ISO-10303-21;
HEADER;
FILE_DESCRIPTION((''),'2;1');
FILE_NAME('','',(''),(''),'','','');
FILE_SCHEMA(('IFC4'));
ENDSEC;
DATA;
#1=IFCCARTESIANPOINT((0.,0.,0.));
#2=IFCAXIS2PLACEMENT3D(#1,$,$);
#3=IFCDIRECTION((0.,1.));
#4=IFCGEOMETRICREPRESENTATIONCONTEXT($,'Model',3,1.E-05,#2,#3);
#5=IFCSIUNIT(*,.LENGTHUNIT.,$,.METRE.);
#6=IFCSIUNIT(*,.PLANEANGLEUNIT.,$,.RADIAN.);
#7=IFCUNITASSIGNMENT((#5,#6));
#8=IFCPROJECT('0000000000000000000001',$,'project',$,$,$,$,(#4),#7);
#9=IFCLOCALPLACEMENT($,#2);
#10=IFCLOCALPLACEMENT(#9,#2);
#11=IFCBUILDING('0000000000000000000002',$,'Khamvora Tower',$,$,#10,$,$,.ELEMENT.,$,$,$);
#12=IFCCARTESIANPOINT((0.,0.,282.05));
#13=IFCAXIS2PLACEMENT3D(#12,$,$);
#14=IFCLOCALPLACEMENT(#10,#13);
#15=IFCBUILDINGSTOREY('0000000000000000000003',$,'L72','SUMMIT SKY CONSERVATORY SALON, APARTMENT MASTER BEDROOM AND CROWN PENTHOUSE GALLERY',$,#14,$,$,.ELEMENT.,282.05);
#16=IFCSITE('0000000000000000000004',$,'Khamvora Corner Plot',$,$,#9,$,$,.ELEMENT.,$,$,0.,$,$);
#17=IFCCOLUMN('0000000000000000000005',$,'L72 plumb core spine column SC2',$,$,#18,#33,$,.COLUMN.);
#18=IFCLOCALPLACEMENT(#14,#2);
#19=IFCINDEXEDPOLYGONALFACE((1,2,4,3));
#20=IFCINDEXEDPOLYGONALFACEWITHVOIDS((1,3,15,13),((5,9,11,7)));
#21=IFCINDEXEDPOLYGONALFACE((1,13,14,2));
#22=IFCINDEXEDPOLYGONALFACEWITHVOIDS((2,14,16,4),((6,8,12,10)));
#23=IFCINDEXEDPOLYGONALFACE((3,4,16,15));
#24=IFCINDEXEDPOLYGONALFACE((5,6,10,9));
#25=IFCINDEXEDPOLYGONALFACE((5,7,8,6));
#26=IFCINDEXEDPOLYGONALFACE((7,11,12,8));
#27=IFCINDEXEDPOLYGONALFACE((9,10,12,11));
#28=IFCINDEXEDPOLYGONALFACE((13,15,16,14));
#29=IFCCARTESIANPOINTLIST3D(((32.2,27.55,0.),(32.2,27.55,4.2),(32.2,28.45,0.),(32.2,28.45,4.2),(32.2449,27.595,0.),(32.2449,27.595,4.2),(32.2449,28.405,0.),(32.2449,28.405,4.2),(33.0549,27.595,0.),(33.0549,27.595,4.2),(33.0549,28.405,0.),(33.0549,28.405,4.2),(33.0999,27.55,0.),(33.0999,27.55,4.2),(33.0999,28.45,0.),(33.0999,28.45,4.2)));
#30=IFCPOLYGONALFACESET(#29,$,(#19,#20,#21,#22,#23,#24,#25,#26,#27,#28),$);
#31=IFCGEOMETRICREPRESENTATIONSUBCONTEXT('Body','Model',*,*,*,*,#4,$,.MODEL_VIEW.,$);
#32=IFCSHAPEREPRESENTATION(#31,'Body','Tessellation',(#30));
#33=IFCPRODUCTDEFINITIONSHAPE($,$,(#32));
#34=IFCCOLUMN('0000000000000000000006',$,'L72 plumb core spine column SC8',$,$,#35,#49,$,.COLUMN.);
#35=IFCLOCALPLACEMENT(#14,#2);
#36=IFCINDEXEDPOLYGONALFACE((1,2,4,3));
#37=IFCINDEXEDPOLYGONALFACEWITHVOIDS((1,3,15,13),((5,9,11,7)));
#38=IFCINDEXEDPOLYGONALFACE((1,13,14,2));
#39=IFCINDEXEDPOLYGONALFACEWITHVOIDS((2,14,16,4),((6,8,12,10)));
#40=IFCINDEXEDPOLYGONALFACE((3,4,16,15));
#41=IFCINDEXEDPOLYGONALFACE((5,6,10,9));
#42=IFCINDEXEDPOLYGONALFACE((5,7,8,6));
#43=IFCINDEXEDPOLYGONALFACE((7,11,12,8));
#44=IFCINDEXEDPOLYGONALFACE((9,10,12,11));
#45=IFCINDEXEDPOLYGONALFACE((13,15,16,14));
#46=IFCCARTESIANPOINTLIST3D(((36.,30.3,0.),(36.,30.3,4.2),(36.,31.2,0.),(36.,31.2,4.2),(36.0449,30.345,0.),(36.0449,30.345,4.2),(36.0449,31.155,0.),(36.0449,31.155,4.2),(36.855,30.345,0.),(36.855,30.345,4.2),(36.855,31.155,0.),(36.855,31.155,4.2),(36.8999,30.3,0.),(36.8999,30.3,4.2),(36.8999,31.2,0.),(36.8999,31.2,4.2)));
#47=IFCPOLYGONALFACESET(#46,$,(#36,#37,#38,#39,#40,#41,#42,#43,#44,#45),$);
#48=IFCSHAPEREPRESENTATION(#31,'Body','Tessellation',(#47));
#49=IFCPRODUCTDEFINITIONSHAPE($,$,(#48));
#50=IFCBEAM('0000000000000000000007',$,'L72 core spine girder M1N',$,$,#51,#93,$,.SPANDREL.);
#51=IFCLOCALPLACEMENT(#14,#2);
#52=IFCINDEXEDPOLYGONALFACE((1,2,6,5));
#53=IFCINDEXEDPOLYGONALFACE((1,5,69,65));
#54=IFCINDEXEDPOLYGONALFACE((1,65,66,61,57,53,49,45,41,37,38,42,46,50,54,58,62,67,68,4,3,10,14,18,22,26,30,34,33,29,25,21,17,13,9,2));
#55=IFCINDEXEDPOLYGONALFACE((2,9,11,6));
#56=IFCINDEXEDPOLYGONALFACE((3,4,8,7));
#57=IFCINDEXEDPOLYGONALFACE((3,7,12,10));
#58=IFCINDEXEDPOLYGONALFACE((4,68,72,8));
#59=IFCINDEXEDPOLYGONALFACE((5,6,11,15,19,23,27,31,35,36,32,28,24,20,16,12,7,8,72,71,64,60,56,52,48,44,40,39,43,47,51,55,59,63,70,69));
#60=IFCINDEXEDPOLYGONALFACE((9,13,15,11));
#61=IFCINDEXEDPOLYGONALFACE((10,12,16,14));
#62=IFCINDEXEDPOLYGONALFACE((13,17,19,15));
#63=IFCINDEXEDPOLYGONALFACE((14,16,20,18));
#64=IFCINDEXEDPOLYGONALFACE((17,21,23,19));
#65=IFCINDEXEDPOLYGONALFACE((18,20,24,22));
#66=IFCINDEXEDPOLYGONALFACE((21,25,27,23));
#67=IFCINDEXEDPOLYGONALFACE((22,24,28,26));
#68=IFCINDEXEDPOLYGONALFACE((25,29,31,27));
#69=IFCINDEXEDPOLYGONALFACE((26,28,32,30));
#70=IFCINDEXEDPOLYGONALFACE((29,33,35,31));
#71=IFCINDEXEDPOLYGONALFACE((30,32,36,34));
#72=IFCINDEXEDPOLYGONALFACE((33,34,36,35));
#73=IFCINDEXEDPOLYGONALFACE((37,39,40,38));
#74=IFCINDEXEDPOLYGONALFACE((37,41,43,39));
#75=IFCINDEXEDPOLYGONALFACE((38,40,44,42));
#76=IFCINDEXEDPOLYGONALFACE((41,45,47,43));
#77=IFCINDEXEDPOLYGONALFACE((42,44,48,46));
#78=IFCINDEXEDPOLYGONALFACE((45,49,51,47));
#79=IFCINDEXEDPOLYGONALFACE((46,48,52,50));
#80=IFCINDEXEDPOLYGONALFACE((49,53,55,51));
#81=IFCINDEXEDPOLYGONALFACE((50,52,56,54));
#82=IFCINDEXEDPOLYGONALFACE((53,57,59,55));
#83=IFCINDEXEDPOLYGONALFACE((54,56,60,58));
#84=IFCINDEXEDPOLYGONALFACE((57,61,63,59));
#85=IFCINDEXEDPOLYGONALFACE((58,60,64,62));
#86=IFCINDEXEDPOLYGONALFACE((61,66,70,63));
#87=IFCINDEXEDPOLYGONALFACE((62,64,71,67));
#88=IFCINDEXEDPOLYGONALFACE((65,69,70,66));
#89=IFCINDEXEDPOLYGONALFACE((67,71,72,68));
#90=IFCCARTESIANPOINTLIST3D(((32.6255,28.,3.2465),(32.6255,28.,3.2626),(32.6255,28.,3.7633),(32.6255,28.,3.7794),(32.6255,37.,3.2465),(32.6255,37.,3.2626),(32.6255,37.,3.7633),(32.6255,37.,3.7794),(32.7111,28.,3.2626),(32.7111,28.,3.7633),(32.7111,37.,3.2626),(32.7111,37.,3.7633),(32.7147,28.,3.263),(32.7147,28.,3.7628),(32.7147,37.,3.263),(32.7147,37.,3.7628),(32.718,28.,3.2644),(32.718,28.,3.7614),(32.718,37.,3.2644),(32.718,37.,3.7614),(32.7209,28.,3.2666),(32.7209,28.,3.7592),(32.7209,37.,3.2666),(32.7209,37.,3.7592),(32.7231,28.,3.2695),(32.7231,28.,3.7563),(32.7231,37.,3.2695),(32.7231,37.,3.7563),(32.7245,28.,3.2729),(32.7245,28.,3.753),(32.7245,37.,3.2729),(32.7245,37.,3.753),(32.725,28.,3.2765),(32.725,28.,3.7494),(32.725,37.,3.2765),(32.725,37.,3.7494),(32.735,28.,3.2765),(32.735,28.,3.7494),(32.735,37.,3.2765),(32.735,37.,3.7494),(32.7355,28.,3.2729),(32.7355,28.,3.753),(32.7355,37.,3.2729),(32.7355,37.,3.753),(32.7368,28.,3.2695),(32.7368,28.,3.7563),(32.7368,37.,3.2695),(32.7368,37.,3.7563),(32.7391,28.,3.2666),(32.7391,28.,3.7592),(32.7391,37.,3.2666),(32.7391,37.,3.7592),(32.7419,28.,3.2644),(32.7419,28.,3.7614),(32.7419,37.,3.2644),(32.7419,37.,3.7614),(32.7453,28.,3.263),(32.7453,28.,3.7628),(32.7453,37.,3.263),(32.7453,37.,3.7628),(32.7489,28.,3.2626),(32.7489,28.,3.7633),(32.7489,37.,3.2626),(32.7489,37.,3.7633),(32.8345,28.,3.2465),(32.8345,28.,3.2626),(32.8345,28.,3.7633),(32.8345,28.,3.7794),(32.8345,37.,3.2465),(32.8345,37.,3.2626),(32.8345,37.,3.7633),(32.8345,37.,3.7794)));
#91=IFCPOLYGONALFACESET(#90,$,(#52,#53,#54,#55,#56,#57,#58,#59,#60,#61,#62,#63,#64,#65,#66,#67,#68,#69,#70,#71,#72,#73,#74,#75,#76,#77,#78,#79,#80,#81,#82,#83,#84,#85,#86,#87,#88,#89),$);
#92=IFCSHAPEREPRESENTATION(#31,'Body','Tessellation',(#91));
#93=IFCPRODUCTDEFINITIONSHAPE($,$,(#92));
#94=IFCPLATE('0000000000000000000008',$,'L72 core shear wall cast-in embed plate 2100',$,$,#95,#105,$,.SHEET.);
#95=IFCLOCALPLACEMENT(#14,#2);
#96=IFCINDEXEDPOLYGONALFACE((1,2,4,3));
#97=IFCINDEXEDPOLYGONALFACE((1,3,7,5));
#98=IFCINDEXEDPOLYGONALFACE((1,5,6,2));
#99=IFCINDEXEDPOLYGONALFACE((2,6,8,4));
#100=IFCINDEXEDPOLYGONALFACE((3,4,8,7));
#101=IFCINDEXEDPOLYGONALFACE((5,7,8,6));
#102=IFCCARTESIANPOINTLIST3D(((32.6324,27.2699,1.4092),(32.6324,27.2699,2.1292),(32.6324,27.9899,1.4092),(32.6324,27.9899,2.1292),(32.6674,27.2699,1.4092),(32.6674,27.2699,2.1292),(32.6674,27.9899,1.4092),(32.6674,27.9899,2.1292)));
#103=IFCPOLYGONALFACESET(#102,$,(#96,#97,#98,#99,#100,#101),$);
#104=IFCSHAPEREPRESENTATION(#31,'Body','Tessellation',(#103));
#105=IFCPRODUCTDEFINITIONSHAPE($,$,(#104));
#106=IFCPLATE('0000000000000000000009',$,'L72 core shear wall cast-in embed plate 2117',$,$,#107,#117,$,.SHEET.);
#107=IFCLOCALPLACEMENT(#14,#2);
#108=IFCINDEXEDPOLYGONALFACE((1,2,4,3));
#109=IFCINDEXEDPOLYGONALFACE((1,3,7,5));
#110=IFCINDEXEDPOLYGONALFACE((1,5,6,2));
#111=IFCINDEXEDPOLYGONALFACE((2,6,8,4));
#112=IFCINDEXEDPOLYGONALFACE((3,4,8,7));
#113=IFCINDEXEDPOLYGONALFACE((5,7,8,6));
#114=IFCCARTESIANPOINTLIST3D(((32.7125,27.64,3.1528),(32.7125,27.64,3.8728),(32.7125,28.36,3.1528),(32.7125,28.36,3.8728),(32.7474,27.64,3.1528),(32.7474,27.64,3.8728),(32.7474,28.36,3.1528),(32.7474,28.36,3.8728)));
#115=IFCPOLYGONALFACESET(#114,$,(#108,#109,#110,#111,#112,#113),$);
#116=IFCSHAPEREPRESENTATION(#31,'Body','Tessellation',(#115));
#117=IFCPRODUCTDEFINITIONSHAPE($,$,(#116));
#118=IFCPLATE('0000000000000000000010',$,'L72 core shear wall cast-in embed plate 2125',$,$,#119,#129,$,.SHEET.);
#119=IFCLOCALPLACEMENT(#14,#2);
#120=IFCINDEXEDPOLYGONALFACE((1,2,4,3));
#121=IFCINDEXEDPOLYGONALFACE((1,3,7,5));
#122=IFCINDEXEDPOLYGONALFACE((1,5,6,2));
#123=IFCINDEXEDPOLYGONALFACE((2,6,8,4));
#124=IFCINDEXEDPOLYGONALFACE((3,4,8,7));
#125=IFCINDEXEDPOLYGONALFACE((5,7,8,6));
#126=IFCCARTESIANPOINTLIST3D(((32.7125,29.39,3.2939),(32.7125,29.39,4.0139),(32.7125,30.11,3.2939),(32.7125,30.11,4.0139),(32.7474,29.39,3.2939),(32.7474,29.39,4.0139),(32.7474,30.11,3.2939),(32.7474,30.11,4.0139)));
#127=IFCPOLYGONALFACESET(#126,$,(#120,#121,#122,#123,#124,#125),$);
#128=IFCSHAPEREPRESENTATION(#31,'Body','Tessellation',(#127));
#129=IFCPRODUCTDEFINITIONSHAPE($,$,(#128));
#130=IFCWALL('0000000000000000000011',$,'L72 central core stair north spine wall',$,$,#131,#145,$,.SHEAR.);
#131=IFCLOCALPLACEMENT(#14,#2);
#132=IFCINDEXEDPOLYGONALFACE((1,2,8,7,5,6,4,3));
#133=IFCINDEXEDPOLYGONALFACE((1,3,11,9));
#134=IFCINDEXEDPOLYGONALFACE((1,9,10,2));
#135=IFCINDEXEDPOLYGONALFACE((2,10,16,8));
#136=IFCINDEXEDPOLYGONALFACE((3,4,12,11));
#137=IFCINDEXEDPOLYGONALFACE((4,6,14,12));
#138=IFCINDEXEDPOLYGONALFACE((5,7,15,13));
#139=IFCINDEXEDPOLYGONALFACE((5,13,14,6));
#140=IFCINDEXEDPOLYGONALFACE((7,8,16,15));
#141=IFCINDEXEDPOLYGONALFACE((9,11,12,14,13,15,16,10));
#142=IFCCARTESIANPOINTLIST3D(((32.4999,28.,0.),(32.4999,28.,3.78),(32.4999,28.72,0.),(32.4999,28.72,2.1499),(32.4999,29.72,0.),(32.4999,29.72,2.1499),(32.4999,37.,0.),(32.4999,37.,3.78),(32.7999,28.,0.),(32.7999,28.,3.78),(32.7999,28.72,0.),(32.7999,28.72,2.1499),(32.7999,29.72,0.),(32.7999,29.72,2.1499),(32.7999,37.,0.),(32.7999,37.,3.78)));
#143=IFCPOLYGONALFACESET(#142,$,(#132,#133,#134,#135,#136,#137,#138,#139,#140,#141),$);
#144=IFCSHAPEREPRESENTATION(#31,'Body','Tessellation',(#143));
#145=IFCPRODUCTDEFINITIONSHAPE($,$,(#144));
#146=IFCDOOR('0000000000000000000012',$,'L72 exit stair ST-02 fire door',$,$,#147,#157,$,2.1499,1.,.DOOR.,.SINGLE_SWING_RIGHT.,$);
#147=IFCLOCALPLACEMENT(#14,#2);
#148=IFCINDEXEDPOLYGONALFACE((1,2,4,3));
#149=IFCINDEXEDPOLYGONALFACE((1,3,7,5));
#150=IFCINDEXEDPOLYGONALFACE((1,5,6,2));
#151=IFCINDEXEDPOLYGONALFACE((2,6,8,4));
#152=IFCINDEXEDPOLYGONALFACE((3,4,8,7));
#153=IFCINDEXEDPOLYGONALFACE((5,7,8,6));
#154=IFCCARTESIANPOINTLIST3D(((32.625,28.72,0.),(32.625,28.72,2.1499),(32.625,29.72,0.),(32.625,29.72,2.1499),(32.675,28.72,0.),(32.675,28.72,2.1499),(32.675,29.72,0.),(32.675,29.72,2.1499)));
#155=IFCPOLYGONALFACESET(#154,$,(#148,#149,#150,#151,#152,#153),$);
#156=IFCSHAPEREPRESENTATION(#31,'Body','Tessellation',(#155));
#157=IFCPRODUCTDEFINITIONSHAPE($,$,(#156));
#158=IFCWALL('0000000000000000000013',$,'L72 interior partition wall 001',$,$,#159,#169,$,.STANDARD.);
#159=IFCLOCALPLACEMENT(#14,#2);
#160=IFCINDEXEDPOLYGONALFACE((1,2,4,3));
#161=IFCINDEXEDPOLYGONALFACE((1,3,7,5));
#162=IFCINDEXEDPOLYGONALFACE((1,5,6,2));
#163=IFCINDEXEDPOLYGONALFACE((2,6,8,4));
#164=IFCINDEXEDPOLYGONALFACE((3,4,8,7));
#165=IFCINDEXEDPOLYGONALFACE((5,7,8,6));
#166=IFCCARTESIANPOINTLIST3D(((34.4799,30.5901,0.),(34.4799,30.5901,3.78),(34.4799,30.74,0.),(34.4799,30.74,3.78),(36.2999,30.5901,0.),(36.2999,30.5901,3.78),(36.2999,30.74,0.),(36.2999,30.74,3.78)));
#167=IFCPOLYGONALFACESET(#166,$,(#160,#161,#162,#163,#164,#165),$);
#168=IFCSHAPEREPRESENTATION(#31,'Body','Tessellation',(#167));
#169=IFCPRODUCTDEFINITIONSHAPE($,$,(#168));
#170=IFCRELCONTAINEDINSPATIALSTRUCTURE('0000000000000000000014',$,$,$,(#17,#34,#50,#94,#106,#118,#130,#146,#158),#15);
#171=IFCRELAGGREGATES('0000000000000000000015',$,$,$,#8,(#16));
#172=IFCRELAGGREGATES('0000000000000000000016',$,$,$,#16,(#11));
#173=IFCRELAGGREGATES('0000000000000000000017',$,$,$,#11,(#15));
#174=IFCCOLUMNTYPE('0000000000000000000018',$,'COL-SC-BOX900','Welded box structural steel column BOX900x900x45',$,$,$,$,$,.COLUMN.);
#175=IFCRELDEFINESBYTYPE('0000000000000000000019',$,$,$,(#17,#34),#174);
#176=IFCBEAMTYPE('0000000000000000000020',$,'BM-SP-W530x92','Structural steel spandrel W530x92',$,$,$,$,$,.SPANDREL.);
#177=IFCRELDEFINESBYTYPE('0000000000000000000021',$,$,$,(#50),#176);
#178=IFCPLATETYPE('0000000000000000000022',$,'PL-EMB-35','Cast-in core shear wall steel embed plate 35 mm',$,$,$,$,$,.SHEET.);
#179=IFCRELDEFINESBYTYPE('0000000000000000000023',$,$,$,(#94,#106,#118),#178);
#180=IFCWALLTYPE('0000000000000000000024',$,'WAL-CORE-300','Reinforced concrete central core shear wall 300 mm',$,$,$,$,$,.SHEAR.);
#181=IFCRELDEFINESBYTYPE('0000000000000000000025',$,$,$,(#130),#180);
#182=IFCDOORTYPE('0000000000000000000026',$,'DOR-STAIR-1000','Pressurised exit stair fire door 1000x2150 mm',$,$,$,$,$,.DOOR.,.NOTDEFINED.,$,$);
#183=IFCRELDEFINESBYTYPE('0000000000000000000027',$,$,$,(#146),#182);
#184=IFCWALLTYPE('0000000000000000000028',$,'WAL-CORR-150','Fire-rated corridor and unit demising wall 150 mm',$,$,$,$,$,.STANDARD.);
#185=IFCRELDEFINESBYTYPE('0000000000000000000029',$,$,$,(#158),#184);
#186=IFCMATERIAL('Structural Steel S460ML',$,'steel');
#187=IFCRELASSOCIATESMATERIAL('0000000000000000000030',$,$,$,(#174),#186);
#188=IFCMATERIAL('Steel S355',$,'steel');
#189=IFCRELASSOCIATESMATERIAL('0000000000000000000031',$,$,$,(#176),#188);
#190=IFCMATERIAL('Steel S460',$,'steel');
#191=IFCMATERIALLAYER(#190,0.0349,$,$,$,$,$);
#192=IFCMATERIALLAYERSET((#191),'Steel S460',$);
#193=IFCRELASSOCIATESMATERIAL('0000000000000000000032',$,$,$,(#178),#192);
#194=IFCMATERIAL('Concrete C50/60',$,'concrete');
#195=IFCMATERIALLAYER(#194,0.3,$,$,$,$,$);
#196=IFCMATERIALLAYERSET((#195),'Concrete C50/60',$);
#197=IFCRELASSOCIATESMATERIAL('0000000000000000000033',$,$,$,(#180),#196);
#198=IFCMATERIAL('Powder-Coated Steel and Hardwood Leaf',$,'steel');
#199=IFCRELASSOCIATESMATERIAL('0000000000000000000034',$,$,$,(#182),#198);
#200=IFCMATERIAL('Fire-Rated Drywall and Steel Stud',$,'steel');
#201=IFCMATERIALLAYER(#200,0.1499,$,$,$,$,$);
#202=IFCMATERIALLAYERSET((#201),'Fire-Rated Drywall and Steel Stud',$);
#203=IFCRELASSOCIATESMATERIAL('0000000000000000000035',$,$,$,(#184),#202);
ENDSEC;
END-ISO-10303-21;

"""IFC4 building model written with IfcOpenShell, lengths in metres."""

from ifc_helpers import new_model, si_unit, direction, frame, frame_2d, origin, origin_2d, place, context, subcontext, project, spatial, rectangle, hollow_rectangle, i_section, extrude, material, layer, layer_set, material_profile, profile_set, type_object, element, fill, save


model = new_model("IFC4")

# Units and contexts
model_context = context("Model", 3, precision=1e-05, world=origin(), true_north=direction((0.0, 1.0)))
body_context = subcontext(model_context, "Body", "Model", "MODEL_VIEW")
ifc_project = project(units=[si_unit("LENGTHUNIT", "METRE"), si_unit("PLANEANGLEUNIT", "RADIAN")], contexts=[model_context])

# Site, building, storey
site_placement = place(None, origin())
site = spatial("IfcSite", under=ifc_project, at=site_placement, Name="Khamvora Corner Plot", CompositionType="ELEMENT", RefElevation=0.0)
building_placement = place(site_placement, origin())
building = spatial("IfcBuilding", under=site, at=building_placement, Name="Khamvora Tower", CompositionType="ELEMENT")
storey_placement = place(building_placement, frame((0.0, 0.0, 282.05)))
storey = spatial("IfcBuildingStorey", under=building, at=storey_placement, Name="L72", Description="SUMMIT SKY CONSERVATORY SALON, APARTMENT MASTER BEDROOM AND CROWN PENTHOUSE GALLERY", CompositionType="ELEMENT", Elevation=282.05)

# Columns
ifc_material_1 = material(Name="Structural Steel S460ML", Category="steel")
ifc_material_profile_1 = material_profile(ifc_material_1, hollow_rectangle(XDim=0.8999, YDim=0.8999, WallThickness=0.0449, at=origin_2d()), Name="BOX900x900x45")
ifc_profile_set_1 = profile_set([ifc_material_profile_1], Name="Structural Steel S460ML")
column_type = type_object("IfcColumnType", Name="COL-SC-BOX900", Description="Welded box structural steel column BOX900x900x45", PredefinedType="COLUMN", material=ifc_profile_set_1)
for number, where, z_axis, x_axis, name in (
    (1, (32.6499, 28.0, 0.0), (0.0, 0.0, 1.0), (1.0, 0.0, 0.0), "L72 plumb core spine column SC2"),
    (2, (36.45, 30.75, 0.0), (0.0, 0.0, 1.0), (1.0, 0.0, 0.0), "L72 plumb core spine column SC8"),
):
    element("IfcColumn", number, at=place(storey_placement, frame(where, z_axis=z_axis, x_axis=x_axis)), inside=storey, type_object=column_type, Name=name, PredefinedType="COLUMN", context=body_context, shape_type="SweptSolid", body=[
        extrude(hollow_rectangle(XDim=0.8999, YDim=0.8999, WallThickness=0.0449, at=origin_2d()), origin(), (0.0, 0.0, 1.0), 4.2),
    ])

# Beam
ifc_material_2 = material(Name="Steel S355", Category="steel")
ifc_material_profile_2 = material_profile(ifc_material_2, i_section(OverallWidth=0.209, OverallDepth=0.533, WebThickness=0.01, FlangeThickness=0.0161, FilletRadius=0.0139, at=origin_2d()), Name="W530x92")
ifc_profile_set_2 = profile_set([ifc_material_profile_2], Name="Steel S355")
beam_type = type_object("IfcBeamType", Name="BM-SP-W530x92", Description="Structural steel spandrel W530x92", PredefinedType="SPANDREL", material=ifc_profile_set_2)
beam_placement = place(storey_placement, frame((32.73, 28.0, 3.5129), z_axis=(0.0, 1.0, 0.0), x_axis=(-1.0, 0.0, 0.0)))
element("IfcBeam", 3, at=beam_placement, inside=storey, type_object=beam_type, Name="L72 core spine girder M1N", PredefinedType="SPANDREL", context=body_context, shape_type="SweptSolid", body=[
    extrude(i_section(OverallWidth=0.209, OverallDepth=0.533, WebThickness=0.01, FlangeThickness=0.0161, FilletRadius=0.0139, at=origin_2d()), origin(), (0.0, 0.0, 1.0), 9.0),
])

# Plates
ifc_material_3 = material(Name="Steel S460", Category="steel")
ifc_layer_1 = layer(ifc_material_3, 0.0349)
ifc_layer_set_1 = layer_set([ifc_layer_1], Name="Steel S460")
plate_type = type_object("IfcPlateType", Name="PL-EMB-35", Description="Cast-in core shear wall steel embed plate 35 mm", PredefinedType="SHEET", material=ifc_layer_set_1)
for number, where, z_axis, x_axis, name in (
    (4, (32.6499, 27.6299, 1.4092), (0.0, 0.0, 1.0), (1.0, 0.0, 0.0), "L72 core shear wall cast-in embed plate 2100"),
    (5, (32.73, 28.0, 3.1528), (0.0, 0.0, 1.0), (1.0, 0.0, 0.0), "L72 core shear wall cast-in embed plate 2117"),
    (6, (32.73, 29.75, 3.2939), (0.0, 0.0, 1.0), (1.0, 0.0, 0.0), "L72 core shear wall cast-in embed plate 2125"),
):
    element("IfcPlate", number, at=place(storey_placement, frame(where, z_axis=z_axis, x_axis=x_axis)), inside=storey, type_object=plate_type, Name=name, PredefinedType="SHEET", context=body_context, shape_type="SweptSolid", body=[
        extrude(rectangle(XDim=0.0349, YDim=0.72, at=origin_2d()), origin(), (0.0, 0.0, 1.0), 0.72),
    ])

# Wall, opening, door
ifc_material_4 = material(Name="Concrete C50/60", Category="concrete")
ifc_layer_2 = layer(ifc_material_4, 0.3)
ifc_layer_set_2 = layer_set([ifc_layer_2], Name="Concrete C50/60")
wall_type_1 = type_object("IfcWallType", Name="WAL-CORE-300", Description="Reinforced concrete central core shear wall 300 mm", PredefinedType="SHEAR", material=ifc_layer_set_2)
wall_1_placement = place(storey_placement, frame((32.6499, 28.0, 0.0), z_axis=(0.0, 0.0, 1.0), x_axis=(0.0, 1.0, 0.0)))
wall_1 = element("IfcWall", 7, at=wall_1_placement, inside=storey, type_object=wall_type_1, Name="L72 central core stair north spine wall", PredefinedType="SHEAR", context=body_context, shape_type="SweptSolid", body=[
    extrude(rectangle(XDim=9.0, YDim=0.3, at=frame_2d((4.5, 0.0))), origin(), (0.0, 0.0, 1.0), 3.78),
])
opening_1_placement = place(wall_1_placement, frame((0.72, 0.0, 0.0)))
opening_1 = element("IfcOpeningElement", 8, at=opening_1_placement, cuts=wall_1, PredefinedType="OPENING", context=body_context, shape_type="SweptSolid", body=[
    extrude(rectangle(XDim=1.0, YDim=2.1499, at=frame_2d((0.5, 1.075))), frame((0.0, 0.1599, 0.0), z_axis=(0.0, -1.0, 0.0), x_axis=(1.0, 0.0, 0.0)), (0.0, 0.0, 1.0), 0.3201),
])
ifc_material_5 = material(Name="Powder-Coated Steel and Hardwood Leaf", Category="steel")
door_type_1 = type_object("IfcDoorType", Name="DOR-STAIR-1000", Description="Pressurised exit stair fire door 1000x2150 mm", OperationType="NOTDEFINED", PredefinedType="DOOR", material=ifc_material_5)
door_1_placement = place(opening_1_placement, origin())
door_1 = element("IfcDoor", 9, at=door_1_placement, inside=storey, type_object=door_type_1, Name="L72 exit stair ST-02 fire door", OperationType="SINGLE_SWING_RIGHT", OverallHeight=2.1499, OverallWidth=1.0, PredefinedType="DOOR", context=body_context, shape_type="SweptSolid", body=[
    extrude(rectangle(XDim=1.0, YDim=2.1499, at=frame_2d((0.5, 1.075))), frame((0.0, 0.0249, 0.0), z_axis=(0.0, -1.0, 0.0), x_axis=(1.0, 0.0, 0.0)), (0.0, 0.0, 1.0), 0.05),
])
fill(opening_1, door_1)

# Wall
ifc_material_6 = material(Name="Fire-Rated Drywall and Steel Stud", Category="steel")
ifc_layer_3 = layer(ifc_material_6, 0.1499)
ifc_layer_set_3 = layer_set([ifc_layer_3], Name="Fire-Rated Drywall and Steel Stud")
wall_type_2 = type_object("IfcWallType", Name="WAL-CORR-150", Description="Fire-rated corridor and unit demising wall 150 mm", PredefinedType="STANDARD", material=ifc_layer_set_3)
wall_2_placement = place(storey_placement, frame((36.3, 30.665, 0.0), z_axis=(0.0, 0.0, 1.0), x_axis=(-1.0, 0.0, 0.0)))
element("IfcWall", 10, at=wall_2_placement, inside=storey, type_object=wall_type_2, Name="L72 interior partition wall 001", PredefinedType="STANDARD", context=body_context, shape_type="SweptSolid", body=[
    extrude(rectangle(XDim=1.8201, YDim=0.1499, at=frame_2d((0.9102, 0.0))), origin(), (0.0, 0.0, 1.0), 3.78),
])

save(model, "model.ifc")
